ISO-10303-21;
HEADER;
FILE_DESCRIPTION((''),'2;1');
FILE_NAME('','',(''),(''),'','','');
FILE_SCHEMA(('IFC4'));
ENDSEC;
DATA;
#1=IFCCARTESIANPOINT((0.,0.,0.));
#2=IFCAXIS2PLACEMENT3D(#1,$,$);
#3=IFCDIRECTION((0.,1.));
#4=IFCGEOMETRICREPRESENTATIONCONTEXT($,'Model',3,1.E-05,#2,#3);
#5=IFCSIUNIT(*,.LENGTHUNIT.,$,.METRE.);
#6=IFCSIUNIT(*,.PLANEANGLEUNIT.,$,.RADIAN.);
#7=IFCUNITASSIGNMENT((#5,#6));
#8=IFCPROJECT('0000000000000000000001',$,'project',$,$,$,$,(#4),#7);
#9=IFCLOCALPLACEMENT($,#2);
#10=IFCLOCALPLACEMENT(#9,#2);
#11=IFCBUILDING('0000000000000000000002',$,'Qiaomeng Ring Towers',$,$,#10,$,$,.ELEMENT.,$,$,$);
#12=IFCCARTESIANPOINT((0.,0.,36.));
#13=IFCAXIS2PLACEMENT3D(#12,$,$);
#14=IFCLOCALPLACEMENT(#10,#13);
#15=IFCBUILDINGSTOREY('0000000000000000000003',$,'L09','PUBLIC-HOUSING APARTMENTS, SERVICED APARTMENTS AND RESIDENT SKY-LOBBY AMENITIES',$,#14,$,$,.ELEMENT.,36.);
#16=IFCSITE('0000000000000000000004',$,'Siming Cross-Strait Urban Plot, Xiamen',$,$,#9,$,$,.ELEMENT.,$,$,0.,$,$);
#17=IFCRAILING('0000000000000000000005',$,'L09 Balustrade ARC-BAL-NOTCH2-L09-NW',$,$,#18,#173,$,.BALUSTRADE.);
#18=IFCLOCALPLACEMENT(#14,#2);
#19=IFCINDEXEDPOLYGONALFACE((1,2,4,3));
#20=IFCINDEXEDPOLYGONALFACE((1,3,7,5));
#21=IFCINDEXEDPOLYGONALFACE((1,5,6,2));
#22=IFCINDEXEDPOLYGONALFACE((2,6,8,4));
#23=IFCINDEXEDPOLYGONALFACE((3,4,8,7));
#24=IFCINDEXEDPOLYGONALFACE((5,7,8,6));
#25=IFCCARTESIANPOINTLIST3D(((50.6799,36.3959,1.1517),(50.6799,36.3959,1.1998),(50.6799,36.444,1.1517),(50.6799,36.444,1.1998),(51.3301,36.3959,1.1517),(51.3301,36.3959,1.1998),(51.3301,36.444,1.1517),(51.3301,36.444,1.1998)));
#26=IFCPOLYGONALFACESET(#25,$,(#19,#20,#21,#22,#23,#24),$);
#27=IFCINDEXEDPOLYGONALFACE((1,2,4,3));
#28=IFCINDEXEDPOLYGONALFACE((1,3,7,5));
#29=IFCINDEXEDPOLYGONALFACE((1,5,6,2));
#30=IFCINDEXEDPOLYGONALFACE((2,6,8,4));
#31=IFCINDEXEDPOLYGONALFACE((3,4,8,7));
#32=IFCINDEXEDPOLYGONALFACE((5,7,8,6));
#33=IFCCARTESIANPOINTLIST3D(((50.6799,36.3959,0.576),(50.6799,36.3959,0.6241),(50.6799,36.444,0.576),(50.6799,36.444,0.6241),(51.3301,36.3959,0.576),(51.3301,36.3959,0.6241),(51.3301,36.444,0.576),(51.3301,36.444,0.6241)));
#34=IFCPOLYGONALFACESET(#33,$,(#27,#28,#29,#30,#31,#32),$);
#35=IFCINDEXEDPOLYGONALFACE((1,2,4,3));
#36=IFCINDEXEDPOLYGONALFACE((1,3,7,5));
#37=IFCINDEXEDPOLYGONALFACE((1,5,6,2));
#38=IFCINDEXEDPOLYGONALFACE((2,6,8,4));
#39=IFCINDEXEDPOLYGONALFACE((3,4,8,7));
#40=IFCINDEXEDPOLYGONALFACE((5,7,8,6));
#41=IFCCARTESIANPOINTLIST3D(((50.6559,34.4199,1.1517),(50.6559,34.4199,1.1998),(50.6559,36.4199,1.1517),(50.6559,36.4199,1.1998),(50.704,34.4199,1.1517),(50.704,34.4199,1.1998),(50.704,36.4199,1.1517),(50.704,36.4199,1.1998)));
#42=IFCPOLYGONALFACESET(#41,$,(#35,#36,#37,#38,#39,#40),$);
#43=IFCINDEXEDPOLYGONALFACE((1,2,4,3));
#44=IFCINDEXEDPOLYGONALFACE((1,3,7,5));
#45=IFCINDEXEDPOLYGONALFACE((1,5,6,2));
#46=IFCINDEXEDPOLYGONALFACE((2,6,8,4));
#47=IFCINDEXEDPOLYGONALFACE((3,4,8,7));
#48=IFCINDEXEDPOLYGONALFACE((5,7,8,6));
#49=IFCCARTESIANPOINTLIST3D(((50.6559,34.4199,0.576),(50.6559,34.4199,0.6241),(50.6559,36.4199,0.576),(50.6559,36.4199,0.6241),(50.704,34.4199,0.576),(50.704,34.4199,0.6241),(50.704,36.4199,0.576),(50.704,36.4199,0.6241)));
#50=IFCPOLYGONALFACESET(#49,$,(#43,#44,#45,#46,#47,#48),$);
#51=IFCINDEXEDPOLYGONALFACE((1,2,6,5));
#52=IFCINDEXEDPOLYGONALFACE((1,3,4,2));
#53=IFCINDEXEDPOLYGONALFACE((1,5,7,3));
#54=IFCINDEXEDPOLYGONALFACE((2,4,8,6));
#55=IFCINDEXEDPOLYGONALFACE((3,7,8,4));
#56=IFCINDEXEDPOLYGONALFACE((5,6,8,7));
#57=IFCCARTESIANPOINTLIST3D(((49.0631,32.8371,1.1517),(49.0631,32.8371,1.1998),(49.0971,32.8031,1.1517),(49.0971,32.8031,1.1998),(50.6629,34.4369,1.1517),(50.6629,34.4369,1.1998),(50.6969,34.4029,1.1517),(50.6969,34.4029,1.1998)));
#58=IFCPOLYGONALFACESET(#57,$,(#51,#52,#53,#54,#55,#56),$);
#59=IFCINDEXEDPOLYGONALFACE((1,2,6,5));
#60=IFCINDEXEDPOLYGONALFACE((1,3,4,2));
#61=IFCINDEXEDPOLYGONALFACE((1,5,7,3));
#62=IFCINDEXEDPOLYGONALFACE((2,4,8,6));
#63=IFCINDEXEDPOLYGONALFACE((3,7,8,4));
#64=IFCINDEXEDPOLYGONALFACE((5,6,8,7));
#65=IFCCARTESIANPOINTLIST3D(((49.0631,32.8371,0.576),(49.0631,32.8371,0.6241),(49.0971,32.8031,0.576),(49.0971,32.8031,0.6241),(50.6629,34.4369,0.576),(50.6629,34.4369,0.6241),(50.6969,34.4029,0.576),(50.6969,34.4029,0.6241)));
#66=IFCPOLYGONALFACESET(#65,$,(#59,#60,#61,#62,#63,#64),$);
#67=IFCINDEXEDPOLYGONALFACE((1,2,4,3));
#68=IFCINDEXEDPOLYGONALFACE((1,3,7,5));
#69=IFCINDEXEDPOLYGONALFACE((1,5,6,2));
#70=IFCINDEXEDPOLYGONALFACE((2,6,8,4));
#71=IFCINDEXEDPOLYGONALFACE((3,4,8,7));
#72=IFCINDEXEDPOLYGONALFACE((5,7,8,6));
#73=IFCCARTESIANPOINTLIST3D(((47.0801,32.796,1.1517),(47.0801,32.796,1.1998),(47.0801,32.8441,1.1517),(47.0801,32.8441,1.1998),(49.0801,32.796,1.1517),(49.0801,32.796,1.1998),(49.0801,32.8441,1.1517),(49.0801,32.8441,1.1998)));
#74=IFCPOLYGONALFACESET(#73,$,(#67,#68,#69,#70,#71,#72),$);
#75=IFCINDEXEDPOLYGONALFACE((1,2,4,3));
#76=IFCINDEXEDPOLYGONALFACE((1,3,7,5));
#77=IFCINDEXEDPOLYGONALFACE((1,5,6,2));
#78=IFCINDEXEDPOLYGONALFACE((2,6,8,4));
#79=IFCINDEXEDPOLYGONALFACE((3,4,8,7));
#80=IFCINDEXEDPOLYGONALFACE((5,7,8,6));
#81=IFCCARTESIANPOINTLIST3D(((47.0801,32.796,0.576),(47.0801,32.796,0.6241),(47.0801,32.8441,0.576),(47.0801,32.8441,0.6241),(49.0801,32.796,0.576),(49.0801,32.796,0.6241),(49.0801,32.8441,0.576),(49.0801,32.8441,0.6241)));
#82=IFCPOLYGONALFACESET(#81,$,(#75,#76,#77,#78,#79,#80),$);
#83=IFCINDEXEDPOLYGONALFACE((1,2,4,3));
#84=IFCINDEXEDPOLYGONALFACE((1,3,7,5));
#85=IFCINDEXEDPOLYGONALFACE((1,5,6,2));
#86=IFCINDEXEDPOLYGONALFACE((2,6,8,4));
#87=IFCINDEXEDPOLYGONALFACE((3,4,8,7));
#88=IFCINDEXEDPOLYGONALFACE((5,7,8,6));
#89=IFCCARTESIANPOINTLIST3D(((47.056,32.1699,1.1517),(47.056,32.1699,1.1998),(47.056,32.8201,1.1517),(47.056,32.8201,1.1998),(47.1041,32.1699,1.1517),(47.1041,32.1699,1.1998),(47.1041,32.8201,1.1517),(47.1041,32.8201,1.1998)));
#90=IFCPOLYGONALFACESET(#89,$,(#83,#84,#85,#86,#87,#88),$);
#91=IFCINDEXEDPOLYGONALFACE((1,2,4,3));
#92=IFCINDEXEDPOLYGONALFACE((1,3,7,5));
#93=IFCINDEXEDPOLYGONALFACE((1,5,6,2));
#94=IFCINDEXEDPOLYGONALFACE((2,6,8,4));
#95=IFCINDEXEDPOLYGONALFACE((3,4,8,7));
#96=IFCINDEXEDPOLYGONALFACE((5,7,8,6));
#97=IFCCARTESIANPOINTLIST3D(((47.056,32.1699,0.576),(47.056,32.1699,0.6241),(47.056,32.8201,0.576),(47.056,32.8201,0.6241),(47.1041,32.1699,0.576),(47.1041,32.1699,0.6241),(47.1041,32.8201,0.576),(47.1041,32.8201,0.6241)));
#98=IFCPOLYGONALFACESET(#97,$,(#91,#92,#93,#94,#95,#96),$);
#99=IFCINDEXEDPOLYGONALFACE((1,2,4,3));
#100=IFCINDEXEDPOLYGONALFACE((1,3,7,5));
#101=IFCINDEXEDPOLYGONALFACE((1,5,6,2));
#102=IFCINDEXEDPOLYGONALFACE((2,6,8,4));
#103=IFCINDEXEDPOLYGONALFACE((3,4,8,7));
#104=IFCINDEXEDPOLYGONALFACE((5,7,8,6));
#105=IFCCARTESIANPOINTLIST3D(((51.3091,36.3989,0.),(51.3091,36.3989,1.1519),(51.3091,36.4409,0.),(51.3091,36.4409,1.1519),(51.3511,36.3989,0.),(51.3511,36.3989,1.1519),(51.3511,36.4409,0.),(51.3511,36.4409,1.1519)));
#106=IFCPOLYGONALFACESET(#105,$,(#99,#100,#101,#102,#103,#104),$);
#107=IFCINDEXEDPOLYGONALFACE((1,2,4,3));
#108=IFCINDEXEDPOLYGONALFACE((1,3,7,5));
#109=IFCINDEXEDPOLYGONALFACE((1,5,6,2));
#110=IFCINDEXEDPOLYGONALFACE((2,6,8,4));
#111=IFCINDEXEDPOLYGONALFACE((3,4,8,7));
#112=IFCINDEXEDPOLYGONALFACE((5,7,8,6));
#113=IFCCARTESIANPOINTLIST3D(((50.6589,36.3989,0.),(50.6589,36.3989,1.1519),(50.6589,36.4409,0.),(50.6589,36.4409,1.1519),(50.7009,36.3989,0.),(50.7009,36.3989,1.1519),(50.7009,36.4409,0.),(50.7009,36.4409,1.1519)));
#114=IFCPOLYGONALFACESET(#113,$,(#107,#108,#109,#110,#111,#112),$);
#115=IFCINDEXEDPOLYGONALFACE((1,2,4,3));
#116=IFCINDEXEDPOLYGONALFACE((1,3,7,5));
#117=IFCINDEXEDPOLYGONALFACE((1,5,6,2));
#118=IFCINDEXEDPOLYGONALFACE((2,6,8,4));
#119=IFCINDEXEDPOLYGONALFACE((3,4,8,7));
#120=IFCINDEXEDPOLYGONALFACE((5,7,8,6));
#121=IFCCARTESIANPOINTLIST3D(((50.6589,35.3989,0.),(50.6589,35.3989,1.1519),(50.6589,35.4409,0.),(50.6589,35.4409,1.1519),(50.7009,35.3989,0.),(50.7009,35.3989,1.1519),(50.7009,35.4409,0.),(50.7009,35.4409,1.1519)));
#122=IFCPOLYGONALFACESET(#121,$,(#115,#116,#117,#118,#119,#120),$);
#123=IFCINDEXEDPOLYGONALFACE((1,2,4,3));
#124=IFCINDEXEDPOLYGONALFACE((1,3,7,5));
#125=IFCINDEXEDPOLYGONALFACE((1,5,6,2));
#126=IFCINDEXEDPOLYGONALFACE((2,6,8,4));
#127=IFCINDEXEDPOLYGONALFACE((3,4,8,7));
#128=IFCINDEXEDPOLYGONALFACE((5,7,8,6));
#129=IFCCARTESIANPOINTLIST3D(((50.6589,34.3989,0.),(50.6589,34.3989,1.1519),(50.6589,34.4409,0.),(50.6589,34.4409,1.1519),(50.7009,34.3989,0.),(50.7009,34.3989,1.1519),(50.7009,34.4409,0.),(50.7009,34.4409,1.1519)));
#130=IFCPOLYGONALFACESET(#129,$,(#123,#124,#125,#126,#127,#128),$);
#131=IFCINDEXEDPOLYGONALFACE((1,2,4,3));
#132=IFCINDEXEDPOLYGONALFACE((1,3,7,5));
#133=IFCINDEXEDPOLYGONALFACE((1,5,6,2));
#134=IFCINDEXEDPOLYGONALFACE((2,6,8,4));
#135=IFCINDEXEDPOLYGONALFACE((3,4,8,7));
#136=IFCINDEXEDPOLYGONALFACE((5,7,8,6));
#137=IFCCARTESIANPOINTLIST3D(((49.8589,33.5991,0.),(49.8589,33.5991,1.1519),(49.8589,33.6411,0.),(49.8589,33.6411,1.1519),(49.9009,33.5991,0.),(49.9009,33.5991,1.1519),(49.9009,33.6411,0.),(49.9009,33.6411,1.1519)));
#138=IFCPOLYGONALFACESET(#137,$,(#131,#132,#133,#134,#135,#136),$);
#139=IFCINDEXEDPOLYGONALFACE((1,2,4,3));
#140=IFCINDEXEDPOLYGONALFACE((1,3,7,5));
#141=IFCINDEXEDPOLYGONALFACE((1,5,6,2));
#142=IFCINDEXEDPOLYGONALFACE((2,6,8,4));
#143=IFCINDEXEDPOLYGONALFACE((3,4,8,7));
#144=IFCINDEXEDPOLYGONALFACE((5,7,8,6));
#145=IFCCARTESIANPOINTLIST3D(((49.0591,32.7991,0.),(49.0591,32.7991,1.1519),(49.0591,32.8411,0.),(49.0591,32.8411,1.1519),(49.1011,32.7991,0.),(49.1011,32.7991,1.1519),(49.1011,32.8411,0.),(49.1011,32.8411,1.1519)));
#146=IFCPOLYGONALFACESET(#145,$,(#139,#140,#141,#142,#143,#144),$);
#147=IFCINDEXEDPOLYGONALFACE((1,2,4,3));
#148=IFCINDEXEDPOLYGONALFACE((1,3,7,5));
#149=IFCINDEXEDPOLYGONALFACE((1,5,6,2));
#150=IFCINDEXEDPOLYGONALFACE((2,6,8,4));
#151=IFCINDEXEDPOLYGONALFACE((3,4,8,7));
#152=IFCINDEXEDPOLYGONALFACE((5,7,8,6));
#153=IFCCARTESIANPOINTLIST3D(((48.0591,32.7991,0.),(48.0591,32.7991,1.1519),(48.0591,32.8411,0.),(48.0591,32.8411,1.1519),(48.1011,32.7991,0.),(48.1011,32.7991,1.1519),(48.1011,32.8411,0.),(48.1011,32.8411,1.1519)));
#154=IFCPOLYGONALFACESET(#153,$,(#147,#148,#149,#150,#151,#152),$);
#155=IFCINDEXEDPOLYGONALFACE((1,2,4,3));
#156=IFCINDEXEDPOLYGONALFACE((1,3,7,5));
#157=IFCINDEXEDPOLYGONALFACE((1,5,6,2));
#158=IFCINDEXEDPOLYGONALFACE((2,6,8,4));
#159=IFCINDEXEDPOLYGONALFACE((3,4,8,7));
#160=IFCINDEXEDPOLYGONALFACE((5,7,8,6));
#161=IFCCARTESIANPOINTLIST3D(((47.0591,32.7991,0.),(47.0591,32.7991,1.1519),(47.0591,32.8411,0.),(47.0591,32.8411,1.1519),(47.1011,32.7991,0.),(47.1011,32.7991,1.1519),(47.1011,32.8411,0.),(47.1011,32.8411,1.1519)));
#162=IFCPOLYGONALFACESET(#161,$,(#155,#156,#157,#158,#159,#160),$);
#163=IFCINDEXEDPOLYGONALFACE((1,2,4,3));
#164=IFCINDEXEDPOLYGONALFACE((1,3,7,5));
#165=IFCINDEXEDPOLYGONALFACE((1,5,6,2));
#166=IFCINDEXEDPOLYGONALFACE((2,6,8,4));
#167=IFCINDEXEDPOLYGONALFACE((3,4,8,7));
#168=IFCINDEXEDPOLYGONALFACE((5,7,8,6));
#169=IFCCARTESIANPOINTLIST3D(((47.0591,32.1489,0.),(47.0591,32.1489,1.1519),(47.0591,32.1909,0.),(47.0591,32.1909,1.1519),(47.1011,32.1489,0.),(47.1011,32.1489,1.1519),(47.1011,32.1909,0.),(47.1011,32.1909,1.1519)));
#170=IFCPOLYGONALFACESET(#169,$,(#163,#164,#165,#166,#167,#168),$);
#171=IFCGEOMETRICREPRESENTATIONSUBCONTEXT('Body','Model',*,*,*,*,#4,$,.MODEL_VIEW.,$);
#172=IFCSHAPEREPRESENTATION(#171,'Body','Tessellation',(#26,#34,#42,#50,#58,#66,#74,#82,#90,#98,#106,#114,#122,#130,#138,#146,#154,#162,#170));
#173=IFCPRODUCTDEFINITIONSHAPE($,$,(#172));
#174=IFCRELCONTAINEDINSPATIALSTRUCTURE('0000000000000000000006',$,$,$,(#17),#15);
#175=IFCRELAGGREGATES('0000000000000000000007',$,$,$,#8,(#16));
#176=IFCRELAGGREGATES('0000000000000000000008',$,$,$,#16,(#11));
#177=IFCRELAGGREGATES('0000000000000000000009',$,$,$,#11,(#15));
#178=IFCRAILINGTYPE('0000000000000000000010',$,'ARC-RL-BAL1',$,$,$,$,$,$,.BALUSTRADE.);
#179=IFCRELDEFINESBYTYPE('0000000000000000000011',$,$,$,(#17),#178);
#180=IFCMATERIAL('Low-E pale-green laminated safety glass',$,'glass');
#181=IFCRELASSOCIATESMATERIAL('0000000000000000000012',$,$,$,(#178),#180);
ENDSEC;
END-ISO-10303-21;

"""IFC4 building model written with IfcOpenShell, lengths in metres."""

from ifc_helpers import new_model, si_unit, direction, frame, origin, origin_2d, place, context, subcontext, project, spatial, rectangle, extrude, material, type_object, element, save


model = new_model("IFC4")

# Units and contexts
model_context = context("Model", 3, precision=1e-05, world=origin(), true_north=direction((0.0, 1.0)))
body_context = subcontext(model_context, "Body", "Model", "MODEL_VIEW")
ifc_project = project(units=[si_unit("LENGTHUNIT", "METRE"), si_unit("PLANEANGLEUNIT", "RADIAN")], contexts=[model_context])

# Site, building, storey
site_placement = place(None, origin())
site = spatial("IfcSite", under=ifc_project, at=site_placement, Name="Siming Cross-Strait Urban Plot, Xiamen", CompositionType="ELEMENT", RefElevation=0.0)
building_placement = place(site_placement, origin())
building = spatial("IfcBuilding", under=site, at=building_placement, Name="Qiaomeng Ring Towers", CompositionType="ELEMENT")
storey_placement = place(building_placement, frame((0.0, 0.0, 36.0)))
storey = spatial("IfcBuildingStorey", under=building, at=storey_placement, Name="L09", Description="PUBLIC-HOUSING APARTMENTS, SERVICED APARTMENTS AND RESIDENT SKY-LOBBY AMENITIES", CompositionType="ELEMENT", Elevation=36.0)

# Railing
ifc_material_1 = material(Name="Low-E pale-green laminated safety glass", Category="glass")
railing_type = type_object("IfcRailingType", Name="ARC-RL-BAL1", PredefinedType="BALUSTRADE", material=ifc_material_1)
railing_1_placement = place(storey_placement, frame((51.3301, 36.4199, 0.0)))
element("IfcRailing", 1, at=railing_1_placement, inside=storey, type_object=railing_type, Name="L09 Balustrade ARC-BAL-NOTCH2-L09-NW", PredefinedType="BALUSTRADE", context=body_context, shape_type="SweptSolid", body=[
    extrude(rectangle(XDim=0.0481, YDim=0.0481, at=origin_2d()), frame((0.0, 0.0, 1.1758), z_axis=(-1.0, 0.0, 0.0), x_axis=(0.0, -1.0, 0.0)), (0.0, 0.0, 1.0), 0.6501),
    extrude(rectangle(XDim=0.0481, YDim=0.0481, at=origin_2d()), frame((0.0, 0.0, 0.6001), z_axis=(-1.0, 0.0, 0.0), x_axis=(0.0, -1.0, 0.0)), (0.0, 0.0, 1.0), 0.6501),
    extrude(rectangle(XDim=0.0481, YDim=0.0481, at=origin_2d()), frame((-0.6501, 0.0, 1.1758), z_axis=(0.0, -1.0, 0.0), x_axis=(1.0, 0.0, 0.0)), (0.0, 0.0, 1.0), 2.0),
    extrude(rectangle(XDim=0.0481, YDim=0.0481, at=origin_2d()), frame((-0.6501, 0.0, 0.6001), z_axis=(0.0, -1.0, 0.0), x_axis=(1.0, 0.0, 0.0)), (0.0, 0.0, 1.0), 2.0),
    extrude(rectangle(XDim=0.0481, YDim=0.0481, at=origin_2d()), frame((-0.6501, -2.0, 1.1758), z_axis=(-0.707107, -0.707107, 0.0), x_axis=(0.707107, -0.707107, 0.0)), (0.0, 0.0, 1.0), 2.2625),
    extrude(rectangle(XDim=0.0481, YDim=0.0481, at=origin_2d()), frame((-0.6501, -2.0, 0.6001), z_axis=(-0.707107, -0.707107, 0.0), x_axis=(0.707107, -0.707107, 0.0)), (0.0, 0.0, 1.0), 2.2625),
    extrude(rectangle(XDim=0.0481, YDim=0.0481, at=origin_2d()), frame((-2.25, -3.5999, 1.1758), z_axis=(-1.0, 0.0, 0.0), x_axis=(0.0, -1.0, 0.0)), (0.0, 0.0, 1.0), 2.0),
    extrude(rectangle(XDim=0.0481, YDim=0.0481, at=origin_2d()), frame((-2.25, -3.5999, 0.6001), z_axis=(-1.0, 0.0, 0.0), x_axis=(0.0, -1.0, 0.0)), (0.0, 0.0, 1.0), 2.0),
    extrude(rectangle(XDim=0.0481, YDim=0.0481, at=origin_2d()), frame((-4.25, -3.5999, 1.1758), z_axis=(0.0, -1.0, 0.0), x_axis=(1.0, 0.0, 0.0)), (0.0, 0.0, 1.0), 0.6501),
    extrude(rectangle(XDim=0.0481, YDim=0.0481, at=origin_2d()), frame((-4.25, -3.5999, 0.6001), z_axis=(0.0, -1.0, 0.0), x_axis=(1.0, 0.0, 0.0)), (0.0, 0.0, 1.0), 0.6501),
    extrude(rectangle(XDim=0.042, YDim=0.042, at=origin_2d()), origin(), (0.0, 0.0, 1.0), 1.1519),
    extrude(rectangle(XDim=0.042, YDim=0.042, at=origin_2d()), frame((-0.6501, 0.0, 0.0)), (0.0, 0.0, 1.0), 1.1519),
    extrude(rectangle(XDim=0.042, YDim=0.042, at=origin_2d()), frame((-0.6501, -1.0, 0.0)), (0.0, 0.0, 1.0), 1.1519),
    extrude(rectangle(XDim=0.042, YDim=0.042, at=origin_2d()), frame((-0.6501, -2.0, 0.0)), (0.0, 0.0, 1.0), 1.1519),
    extrude(rectangle(XDim=0.042, YDim=0.042, at=origin_2d()), frame((-1.4502, -2.7998, 0.0)), (0.0, 0.0, 1.0), 1.1519),
    extrude(rectangle(XDim=0.042, YDim=0.042, at=origin_2d()), frame((-2.25, -3.5999, 0.0)), (0.0, 0.0, 1.0), 1.1519),
    extrude(rectangle(XDim=0.042, YDim=0.042, at=origin_2d()), frame((-3.25, -3.5999, 0.0)), (0.0, 0.0, 1.0), 1.1519),
    extrude(rectangle(XDim=0.042, YDim=0.042, at=origin_2d()), frame((-4.25, -3.5999, 0.0)), (0.0, 0.0, 1.0), 1.1519),
    extrude(rectangle(XDim=0.042, YDim=0.042, at=origin_2d()), frame((-4.25, -4.25, 0.0)), (0.0, 0.0, 1.0), 1.1519),
])

save(model, "model.ifc")
